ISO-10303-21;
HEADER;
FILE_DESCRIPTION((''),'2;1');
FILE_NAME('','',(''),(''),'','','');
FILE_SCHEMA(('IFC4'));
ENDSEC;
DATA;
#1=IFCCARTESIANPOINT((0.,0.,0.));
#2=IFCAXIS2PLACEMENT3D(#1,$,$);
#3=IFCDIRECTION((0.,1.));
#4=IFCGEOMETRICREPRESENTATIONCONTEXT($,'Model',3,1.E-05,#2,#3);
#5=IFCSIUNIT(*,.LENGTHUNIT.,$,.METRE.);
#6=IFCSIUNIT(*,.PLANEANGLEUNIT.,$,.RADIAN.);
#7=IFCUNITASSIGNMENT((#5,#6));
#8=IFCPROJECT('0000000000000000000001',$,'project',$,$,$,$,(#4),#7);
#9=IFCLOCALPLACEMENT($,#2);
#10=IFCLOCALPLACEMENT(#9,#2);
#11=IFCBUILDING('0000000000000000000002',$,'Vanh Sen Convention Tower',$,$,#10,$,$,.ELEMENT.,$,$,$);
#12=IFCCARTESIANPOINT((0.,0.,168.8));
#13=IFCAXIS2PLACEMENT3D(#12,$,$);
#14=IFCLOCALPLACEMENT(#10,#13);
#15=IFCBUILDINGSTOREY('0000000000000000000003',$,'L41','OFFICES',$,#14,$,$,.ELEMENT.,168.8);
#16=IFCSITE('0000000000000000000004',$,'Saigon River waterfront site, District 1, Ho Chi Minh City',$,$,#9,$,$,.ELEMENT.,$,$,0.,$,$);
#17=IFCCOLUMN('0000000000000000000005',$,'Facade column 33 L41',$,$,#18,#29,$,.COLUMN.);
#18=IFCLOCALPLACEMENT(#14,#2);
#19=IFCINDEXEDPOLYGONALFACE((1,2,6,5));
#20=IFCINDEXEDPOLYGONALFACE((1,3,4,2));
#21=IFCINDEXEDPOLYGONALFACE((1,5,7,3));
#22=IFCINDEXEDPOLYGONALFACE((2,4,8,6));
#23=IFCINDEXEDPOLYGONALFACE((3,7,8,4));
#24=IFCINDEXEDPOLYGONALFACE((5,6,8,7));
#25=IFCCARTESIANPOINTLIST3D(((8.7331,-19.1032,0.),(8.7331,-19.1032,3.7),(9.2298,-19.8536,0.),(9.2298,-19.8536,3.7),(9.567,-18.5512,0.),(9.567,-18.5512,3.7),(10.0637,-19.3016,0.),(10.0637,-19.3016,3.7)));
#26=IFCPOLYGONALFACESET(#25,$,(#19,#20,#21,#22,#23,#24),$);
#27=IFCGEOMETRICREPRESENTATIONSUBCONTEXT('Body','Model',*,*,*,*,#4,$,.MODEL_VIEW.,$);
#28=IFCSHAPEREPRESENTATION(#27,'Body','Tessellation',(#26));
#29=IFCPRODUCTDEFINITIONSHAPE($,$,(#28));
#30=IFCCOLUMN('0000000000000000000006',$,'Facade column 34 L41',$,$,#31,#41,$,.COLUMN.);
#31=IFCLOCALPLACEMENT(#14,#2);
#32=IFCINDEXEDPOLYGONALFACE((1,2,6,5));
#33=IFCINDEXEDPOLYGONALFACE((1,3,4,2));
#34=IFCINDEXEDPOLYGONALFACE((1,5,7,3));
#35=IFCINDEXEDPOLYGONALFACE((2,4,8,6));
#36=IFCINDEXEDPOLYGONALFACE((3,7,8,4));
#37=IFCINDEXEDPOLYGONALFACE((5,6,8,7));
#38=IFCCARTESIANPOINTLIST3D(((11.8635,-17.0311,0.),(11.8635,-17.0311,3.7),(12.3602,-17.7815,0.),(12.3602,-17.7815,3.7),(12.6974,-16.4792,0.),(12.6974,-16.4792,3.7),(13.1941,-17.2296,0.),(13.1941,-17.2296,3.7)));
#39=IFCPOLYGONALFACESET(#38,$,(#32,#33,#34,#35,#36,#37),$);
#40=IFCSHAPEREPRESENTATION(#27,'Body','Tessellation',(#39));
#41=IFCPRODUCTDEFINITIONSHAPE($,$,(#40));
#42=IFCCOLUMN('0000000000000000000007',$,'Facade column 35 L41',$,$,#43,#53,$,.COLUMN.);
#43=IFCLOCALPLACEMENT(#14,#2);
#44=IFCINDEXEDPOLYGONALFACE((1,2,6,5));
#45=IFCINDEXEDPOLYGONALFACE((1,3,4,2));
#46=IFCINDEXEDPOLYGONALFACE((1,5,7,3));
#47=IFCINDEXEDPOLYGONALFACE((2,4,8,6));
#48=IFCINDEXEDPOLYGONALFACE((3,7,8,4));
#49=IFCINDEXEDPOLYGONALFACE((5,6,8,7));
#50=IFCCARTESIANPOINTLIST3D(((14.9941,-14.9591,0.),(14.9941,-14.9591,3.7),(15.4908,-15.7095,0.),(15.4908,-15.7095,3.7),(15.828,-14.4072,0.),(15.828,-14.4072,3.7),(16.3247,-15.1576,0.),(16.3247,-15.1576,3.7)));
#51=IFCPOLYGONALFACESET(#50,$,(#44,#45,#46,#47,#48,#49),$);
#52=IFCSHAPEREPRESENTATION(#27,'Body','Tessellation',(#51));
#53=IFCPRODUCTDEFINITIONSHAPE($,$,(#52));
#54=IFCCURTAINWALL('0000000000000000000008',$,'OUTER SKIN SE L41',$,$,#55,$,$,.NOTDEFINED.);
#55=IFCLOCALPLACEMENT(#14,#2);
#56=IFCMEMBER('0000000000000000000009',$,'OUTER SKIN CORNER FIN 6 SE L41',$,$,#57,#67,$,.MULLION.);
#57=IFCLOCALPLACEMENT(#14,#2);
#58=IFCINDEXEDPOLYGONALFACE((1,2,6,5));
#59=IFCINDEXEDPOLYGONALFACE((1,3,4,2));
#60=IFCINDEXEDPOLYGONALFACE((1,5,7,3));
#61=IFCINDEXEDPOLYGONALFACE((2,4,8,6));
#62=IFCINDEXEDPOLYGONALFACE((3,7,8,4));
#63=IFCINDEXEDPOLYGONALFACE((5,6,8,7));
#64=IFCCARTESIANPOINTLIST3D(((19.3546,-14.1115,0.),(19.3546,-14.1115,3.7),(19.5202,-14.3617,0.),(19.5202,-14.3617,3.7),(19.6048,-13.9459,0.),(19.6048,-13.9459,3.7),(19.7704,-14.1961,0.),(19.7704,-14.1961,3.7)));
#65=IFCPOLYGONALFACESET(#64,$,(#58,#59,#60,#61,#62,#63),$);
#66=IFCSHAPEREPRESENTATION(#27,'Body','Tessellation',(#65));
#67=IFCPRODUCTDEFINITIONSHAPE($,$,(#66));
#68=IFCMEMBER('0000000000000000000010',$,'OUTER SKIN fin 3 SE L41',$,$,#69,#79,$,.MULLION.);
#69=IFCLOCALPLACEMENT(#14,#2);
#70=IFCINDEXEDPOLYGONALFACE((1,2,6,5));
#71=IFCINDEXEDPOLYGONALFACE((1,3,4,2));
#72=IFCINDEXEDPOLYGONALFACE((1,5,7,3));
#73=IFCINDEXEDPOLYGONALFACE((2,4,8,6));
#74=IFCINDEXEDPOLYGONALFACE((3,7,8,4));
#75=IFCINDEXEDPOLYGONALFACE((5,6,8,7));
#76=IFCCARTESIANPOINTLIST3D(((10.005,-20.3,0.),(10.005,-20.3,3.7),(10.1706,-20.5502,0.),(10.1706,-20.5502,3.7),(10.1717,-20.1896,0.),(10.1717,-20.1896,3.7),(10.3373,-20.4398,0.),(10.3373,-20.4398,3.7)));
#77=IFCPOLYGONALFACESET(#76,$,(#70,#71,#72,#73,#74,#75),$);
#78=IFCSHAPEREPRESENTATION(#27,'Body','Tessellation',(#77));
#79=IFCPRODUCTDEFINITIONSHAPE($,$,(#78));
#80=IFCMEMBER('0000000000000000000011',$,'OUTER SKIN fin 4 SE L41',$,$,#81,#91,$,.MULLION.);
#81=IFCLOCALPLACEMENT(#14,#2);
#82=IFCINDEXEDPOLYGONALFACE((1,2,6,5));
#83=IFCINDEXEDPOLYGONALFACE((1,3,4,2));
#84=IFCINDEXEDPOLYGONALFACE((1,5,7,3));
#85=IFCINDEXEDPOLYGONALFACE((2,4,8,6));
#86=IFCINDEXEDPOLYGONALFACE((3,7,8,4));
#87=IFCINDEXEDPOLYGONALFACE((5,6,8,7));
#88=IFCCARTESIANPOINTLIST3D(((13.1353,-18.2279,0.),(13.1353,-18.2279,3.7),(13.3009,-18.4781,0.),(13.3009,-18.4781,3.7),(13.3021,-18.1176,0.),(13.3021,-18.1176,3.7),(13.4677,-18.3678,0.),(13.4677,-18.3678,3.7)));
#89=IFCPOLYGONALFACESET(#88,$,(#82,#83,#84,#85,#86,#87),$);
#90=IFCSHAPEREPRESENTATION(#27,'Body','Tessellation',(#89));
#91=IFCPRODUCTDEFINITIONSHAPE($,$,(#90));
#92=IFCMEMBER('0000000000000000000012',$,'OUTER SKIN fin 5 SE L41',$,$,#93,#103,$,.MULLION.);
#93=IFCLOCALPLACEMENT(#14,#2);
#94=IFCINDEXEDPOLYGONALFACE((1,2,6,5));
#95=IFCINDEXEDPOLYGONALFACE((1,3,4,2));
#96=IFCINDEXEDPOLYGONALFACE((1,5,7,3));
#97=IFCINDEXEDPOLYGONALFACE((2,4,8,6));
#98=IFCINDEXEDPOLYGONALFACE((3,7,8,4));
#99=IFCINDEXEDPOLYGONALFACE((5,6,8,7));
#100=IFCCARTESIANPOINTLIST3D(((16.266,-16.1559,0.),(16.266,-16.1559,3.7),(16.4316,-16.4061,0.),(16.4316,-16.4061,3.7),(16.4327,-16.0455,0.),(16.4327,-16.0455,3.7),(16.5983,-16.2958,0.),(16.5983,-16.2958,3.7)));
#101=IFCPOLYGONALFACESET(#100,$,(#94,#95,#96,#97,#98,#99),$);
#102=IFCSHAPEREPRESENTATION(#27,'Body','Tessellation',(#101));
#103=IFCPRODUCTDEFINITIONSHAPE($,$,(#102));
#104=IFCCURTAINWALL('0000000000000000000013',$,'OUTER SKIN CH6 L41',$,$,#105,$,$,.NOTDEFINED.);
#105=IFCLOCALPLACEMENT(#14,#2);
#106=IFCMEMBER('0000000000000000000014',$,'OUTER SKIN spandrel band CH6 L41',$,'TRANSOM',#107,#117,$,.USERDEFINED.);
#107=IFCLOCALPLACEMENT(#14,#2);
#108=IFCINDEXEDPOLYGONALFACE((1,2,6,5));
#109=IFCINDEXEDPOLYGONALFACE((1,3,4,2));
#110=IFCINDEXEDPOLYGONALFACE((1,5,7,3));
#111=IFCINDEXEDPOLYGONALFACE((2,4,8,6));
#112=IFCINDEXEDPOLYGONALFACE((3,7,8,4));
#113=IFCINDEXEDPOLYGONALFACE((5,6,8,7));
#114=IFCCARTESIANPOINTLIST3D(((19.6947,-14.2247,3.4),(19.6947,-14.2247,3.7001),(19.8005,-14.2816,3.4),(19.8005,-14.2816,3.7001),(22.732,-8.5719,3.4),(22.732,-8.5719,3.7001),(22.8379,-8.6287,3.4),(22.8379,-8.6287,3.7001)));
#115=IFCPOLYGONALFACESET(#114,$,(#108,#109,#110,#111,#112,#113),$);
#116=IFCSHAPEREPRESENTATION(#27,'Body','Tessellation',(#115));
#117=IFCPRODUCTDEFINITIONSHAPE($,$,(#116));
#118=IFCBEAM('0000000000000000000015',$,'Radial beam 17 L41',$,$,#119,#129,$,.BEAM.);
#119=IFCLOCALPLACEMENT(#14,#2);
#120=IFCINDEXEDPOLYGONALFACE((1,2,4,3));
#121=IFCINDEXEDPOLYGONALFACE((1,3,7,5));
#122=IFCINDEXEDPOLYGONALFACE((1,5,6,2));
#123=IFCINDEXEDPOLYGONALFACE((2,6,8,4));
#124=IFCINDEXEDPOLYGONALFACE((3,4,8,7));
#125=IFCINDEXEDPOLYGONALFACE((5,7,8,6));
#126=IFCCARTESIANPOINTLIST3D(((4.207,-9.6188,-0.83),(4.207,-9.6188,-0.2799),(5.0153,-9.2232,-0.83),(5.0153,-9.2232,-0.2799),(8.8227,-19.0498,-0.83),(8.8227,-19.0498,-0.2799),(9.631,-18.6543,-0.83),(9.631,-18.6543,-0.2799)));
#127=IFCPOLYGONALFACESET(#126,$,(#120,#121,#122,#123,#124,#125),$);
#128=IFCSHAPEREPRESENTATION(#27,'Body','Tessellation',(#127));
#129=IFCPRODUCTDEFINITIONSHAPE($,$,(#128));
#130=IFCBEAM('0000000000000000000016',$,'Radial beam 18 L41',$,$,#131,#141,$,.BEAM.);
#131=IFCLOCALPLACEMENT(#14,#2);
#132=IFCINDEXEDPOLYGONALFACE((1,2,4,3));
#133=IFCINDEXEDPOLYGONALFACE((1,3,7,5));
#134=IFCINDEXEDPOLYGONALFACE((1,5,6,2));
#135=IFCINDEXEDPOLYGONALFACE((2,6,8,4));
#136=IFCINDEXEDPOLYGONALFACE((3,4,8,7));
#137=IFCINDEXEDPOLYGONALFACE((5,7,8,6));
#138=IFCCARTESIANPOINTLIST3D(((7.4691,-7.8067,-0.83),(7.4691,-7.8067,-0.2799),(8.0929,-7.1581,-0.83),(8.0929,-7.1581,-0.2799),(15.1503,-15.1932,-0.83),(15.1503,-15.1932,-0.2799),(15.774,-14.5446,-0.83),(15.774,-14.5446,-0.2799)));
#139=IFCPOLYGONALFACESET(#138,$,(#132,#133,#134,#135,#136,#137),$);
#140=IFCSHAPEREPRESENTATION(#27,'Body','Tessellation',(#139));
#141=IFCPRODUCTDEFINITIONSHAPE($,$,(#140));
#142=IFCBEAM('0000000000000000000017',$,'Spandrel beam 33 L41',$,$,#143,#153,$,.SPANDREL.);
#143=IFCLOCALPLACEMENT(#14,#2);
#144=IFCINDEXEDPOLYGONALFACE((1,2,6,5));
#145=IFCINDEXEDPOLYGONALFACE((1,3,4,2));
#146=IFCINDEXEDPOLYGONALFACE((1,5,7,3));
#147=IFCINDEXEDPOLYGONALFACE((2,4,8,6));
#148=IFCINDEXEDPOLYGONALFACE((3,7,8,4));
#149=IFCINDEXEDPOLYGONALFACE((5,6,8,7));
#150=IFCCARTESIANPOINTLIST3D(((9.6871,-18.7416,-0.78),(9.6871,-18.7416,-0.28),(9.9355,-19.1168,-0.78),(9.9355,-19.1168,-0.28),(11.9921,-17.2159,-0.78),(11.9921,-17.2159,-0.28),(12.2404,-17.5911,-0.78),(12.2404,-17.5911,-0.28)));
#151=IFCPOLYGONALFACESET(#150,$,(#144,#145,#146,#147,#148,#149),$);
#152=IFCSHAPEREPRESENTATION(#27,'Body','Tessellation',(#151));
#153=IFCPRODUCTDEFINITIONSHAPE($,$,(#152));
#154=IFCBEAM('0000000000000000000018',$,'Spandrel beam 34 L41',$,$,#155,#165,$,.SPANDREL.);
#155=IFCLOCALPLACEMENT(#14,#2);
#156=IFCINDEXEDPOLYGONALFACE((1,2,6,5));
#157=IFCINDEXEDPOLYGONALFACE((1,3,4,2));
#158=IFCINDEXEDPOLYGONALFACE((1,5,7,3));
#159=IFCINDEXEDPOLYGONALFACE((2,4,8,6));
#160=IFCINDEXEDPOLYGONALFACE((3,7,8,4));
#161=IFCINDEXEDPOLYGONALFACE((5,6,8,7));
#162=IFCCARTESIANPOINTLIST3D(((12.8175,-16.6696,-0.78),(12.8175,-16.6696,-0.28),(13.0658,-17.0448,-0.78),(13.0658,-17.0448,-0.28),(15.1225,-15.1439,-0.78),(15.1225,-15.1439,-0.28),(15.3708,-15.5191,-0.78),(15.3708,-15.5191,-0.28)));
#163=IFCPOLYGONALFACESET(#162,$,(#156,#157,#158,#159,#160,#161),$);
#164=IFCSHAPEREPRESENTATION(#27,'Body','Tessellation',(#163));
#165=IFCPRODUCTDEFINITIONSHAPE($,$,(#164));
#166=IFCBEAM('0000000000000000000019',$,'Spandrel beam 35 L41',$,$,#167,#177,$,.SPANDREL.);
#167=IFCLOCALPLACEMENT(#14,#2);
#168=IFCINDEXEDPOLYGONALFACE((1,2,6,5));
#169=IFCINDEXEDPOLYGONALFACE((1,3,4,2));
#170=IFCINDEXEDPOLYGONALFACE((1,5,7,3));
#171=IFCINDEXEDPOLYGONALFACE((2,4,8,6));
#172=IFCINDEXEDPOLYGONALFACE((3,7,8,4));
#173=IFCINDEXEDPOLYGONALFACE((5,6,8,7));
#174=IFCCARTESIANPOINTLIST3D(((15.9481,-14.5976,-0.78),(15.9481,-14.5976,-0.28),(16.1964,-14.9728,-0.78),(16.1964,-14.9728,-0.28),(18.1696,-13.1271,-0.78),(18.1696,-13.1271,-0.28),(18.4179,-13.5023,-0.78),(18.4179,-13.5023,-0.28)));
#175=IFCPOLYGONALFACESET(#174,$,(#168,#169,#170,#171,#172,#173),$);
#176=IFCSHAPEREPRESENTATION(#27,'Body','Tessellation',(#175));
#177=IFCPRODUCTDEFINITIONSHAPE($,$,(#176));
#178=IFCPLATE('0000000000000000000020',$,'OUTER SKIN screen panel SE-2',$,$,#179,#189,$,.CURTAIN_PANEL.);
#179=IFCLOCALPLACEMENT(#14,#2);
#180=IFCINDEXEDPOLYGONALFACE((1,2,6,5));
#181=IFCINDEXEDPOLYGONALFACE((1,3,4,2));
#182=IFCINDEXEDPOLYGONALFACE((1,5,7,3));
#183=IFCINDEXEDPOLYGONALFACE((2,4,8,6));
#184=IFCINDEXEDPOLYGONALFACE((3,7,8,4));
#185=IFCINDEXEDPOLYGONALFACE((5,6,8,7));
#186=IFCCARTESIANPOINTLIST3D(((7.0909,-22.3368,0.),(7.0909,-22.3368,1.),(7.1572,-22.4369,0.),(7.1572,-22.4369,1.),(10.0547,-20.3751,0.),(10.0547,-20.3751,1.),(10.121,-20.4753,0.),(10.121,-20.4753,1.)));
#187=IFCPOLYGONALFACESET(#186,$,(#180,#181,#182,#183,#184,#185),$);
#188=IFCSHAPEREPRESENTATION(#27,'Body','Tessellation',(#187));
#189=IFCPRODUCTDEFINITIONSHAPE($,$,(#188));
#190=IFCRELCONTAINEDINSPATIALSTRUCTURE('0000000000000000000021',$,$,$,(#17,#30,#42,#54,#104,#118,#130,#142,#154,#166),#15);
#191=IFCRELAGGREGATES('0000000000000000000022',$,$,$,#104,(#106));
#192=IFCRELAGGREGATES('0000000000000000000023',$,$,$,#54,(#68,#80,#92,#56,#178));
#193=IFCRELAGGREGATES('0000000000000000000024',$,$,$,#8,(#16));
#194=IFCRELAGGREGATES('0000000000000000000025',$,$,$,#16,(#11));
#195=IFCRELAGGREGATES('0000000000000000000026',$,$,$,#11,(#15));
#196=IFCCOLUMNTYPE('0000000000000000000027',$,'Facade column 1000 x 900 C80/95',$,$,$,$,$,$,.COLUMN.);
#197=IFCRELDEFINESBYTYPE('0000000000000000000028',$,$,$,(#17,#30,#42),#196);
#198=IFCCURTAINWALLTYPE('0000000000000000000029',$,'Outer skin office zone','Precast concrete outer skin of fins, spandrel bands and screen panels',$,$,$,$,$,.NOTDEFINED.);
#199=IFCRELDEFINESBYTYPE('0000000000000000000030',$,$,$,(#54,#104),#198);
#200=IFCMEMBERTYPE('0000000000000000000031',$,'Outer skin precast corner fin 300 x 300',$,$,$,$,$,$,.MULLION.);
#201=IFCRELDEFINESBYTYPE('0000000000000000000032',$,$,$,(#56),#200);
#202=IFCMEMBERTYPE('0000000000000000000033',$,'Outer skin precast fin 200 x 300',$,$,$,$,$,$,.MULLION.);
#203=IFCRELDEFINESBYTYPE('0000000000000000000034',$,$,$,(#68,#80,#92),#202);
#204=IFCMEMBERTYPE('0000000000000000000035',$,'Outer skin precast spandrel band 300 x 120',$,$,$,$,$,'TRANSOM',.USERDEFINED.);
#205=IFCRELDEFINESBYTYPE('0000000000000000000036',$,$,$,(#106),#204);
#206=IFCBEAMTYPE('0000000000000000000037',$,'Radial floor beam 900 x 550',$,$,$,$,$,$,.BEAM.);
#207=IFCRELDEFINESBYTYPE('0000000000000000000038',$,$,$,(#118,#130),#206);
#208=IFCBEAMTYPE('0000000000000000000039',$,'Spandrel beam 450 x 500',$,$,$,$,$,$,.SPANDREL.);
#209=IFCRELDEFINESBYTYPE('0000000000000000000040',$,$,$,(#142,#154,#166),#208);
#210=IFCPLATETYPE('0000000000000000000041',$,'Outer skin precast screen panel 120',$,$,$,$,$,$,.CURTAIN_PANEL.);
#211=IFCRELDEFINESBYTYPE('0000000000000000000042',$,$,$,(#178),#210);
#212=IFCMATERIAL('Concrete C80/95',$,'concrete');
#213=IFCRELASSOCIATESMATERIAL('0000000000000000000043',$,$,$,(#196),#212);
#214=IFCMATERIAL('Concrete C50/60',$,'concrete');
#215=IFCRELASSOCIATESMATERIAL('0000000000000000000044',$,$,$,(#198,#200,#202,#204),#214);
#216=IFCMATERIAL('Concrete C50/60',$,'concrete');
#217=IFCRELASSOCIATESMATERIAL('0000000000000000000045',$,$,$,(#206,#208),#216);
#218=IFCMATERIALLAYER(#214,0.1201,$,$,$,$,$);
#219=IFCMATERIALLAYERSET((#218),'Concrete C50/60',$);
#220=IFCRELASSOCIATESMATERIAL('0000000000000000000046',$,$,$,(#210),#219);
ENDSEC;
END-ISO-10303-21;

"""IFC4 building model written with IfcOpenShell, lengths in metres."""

from ifc_helpers import new_model, si_unit, direction, frame, origin, origin_2d, place, context, subcontext, project, spatial, rectangle, extrude, material, layer, layer_set, material_profile, profile_set, type_object, element, aggregate, save


model = new_model("IFC4")

# Units and contexts
model_context = context("Model", 3, precision=1e-05, world=origin(), true_north=direction((0.0, 1.0)))
body_context = subcontext(model_context, "Body", "Model", "MODEL_VIEW")
ifc_project = project(units=[si_unit("LENGTHUNIT", "METRE"), si_unit("PLANEANGLEUNIT", "RADIAN")], contexts=[model_context])

# Site, building, storey
site_placement = place(None, origin())
site = spatial("IfcSite", under=ifc_project, at=site_placement, Name="Saigon River waterfront site, District 1, Ho Chi Minh City", CompositionType="ELEMENT", RefElevation=0.0)
building_placement = place(site_placement, origin())
building = spatial("IfcBuilding", under=site, at=building_placement, Name="Vanh Sen Convention Tower", CompositionType="ELEMENT")
storey_placement = place(building_placement, frame((0.0, 0.0, 168.8)))
storey = spatial("IfcBuildingStorey", under=building, at=storey_placement, Name="L41", Description="OFFICES", CompositionType="ELEMENT", Elevation=168.8)

# Columns
ifc_material_1 = material(Name="Concrete C80/95", Category="concrete")
ifc_material_profile_1 = material_profile(ifc_material_1, rectangle(XDim=1.0, YDim=0.8999, at=origin_2d()), Name="RC 1000X900")
ifc_profile_set_1 = profile_set([ifc_material_profile_1], Name="Concrete C80/95")
column_type = type_object("IfcColumnType", Name="Facade column 1000 x 900 C80/95", PredefinedType="COLUMN", material=ifc_profile_set_1)
for number, where, z_axis, x_axis, name in (
    (1, (9.3984, -19.2024, 0.0), (0.0, 0.0, 1.0), (0.833886, 0.551937, 0.0), "Facade column 33 L41"),
    (2, (12.5288, -17.1304, 0.0), (0.0, 0.0, 1.0), (0.833886, 0.551937, 0.0), "Facade column 34 L41"),
    (3, (15.6594, -15.0583, 0.0), (0.0, 0.0, 1.0), (0.833886, 0.551937, 0.0), "Facade column 35 L41"),
):
    element("IfcColumn", number, at=place(storey_placement, frame(where, z_axis=z_axis, x_axis=x_axis)), inside=storey, type_object=column_type, Name=name, PredefinedType="COLUMN", context=body_context, shape_type="SweptSolid", body=[
        extrude(rectangle(XDim=1.0, YDim=0.8999, at=origin_2d()), origin(), (0.0, 0.0, 1.0), 3.7),
    ])

# Curtain wall, members
ifc_material_2 = material(Name="Concrete C50/60", Category="concrete")
curtain_wall_type = type_object("IfcCurtainWallType", Name="Outer skin office zone", Description="Precast concrete outer skin of fins, spandrel bands and screen panels", PredefinedType="NOTDEFINED", material=ifc_material_2)
curtain_wall_1_placement = place(storey_placement, origin())
curtain_wall_1 = element("IfcCurtainWall", 4, at=curtain_wall_1_placement, inside=storey, type_object=curtain_wall_type, Name="OUTER SKIN SE L41", PredefinedType="NOTDEFINED")
ifc_material_profile_2 = material_profile(ifc_material_2, rectangle(XDim=0.3, YDim=0.3, at=origin_2d()), Name="Outer skin precast corner fin 300 x 300")
ifc_profile_set_2 = profile_set([ifc_material_profile_2], Name="Concrete C50/60")
member_type_1 = type_object("IfcMemberType", Name="Outer skin precast corner fin 300 x 300", PredefinedType="MULLION", material=ifc_profile_set_2)
member_1_placement = place(storey_placement, frame((19.5625, -14.1538, 0.0), z_axis=(0.0, 0.0, 1.0), x_axis=(0.833886, 0.551937, 0.0)))
member_1 = element("IfcMember", 5, at=member_1_placement, type_object=member_type_1, Name="OUTER SKIN CORNER FIN 6 SE L41", PredefinedType="MULLION", context=body_context, shape_type="SweptSolid", body=[
    extrude(rectangle(XDim=0.3, YDim=0.3, at=origin_2d()), origin(), (0.0, 0.0, 1.0), 3.7),
])
ifc_material_profile_3 = material_profile(ifc_material_2, rectangle(XDim=0.2, YDim=0.3, at=origin_2d()), Name="Outer skin precast fin 200 x 300")
ifc_profile_set_3 = profile_set([ifc_material_profile_3], Name="Concrete C50/60")
member_type_2 = type_object("IfcMemberType", Name="Outer skin precast fin 200 x 300", PredefinedType="MULLION", material=ifc_profile_set_3)
member_2_placement = place(storey_placement, frame((10.1711, -20.3699, 0.0), z_axis=(0.0, 0.0, 1.0), x_axis=(0.833886, 0.551937, 0.0)))
member_2 = element("IfcMember", 6, at=member_2_placement, type_object=member_type_2, Name="OUTER SKIN fin 3 SE L41", PredefinedType="MULLION", context=body_context, shape_type="SweptSolid", body=[
    extrude(rectangle(XDim=0.2, YDim=0.3, at=origin_2d()), origin(), (0.0, 0.0, 1.0), 3.7),
])
member_3_placement = place(storey_placement, frame((13.3015, -18.2979, 0.0), z_axis=(0.0, 0.0, 1.0), x_axis=(0.833886, 0.551937, 0.0)))
member_3 = element("IfcMember", 7, at=member_3_placement, type_object=member_type_2, Name="OUTER SKIN fin 4 SE L41", PredefinedType="MULLION", context=body_context, shape_type="SweptSolid", body=[
    extrude(rectangle(XDim=0.2, YDim=0.3, at=origin_2d()), origin(), (0.0, 0.0, 1.0), 3.7),
])
member_4_placement = place(storey_placement, frame((16.4321, -16.2258, 0.0), z_axis=(0.0, 0.0, 1.0), x_axis=(0.833886, 0.551937, 0.0)))
member_4 = element("IfcMember", 8, at=member_4_placement, type_object=member_type_2, Name="OUTER SKIN fin 5 SE L41", PredefinedType="MULLION", context=body_context, shape_type="SweptSolid", body=[
    extrude(rectangle(XDim=0.2, YDim=0.3, at=origin_2d()), origin(), (0.0, 0.0, 1.0), 3.7),
])

# Curtain wall, member
curtain_wall_2_placement = place(storey_placement, origin())
curtain_wall_2 = element("IfcCurtainWall", 9, at=curtain_wall_2_placement, inside=storey, type_object=curtain_wall_type, Name="OUTER SKIN CH6 L41", PredefinedType="NOTDEFINED")
ifc_material_profile_4 = material_profile(ifc_material_2, rectangle(XDim=0.1201, YDim=0.3, at=origin_2d()), Name="Outer skin precast spandrel band 300 x 120")
ifc_profile_set_4 = profile_set([ifc_material_profile_4], Name="Concrete C50/60")
member_type_3 = type_object("IfcMemberType", Name="Outer skin precast spandrel band 300 x 120", ElementType="TRANSOM", PredefinedType="USERDEFINED", material=ifc_profile_set_4)
member_5_placement = place(storey_placement, frame((19.7476, -14.2532, 3.55), z_axis=(0.473317, 0.880892, 0.0), x_axis=(-0.880892, 0.473317, 0.0)))
member_5 = element("IfcMember", 10, at=member_5_placement, type_object=member_type_3, Name="OUTER SKIN spandrel band CH6 L41", ObjectType="TRANSOM", PredefinedType="USERDEFINED", context=body_context, shape_type="SweptSolid", body=[
    extrude(rectangle(XDim=0.1201, YDim=0.3, at=origin_2d()), origin(), (0.0, 0.0, 1.0), 6.4172),
])
aggregate(curtain_wall_2, [member_5])

# Beams
ifc_material_3 = material(Name="Concrete C50/60", Category="concrete")
ifc_material_profile_5 = material_profile(ifc_material_3, rectangle(XDim=0.8999, YDim=0.55, at=origin_2d()), Name="RC 900X550")
ifc_profile_set_5 = profile_set([ifc_material_profile_5], Name="Concrete C50/60")
beam_type_1 = type_object("IfcBeamType", Name="Radial floor beam 900 x 550", PredefinedType="BEAM", material=ifc_profile_set_5)
beam_1_placement = place(storey_placement, frame((9.2268, -18.8521, -0.5549), z_axis=(-0.43959, 0.898199, 0.0), x_axis=(-0.898199, -0.43959, 0.0)))
element("IfcBeam", 11, at=beam_1_placement, inside=storey, type_object=beam_type_1, Name="Radial beam 17 L41", PredefinedType="BEAM", context=body_context, shape_type="SweptSolid", body=[
    extrude(rectangle(XDim=0.8999, YDim=0.55, at=origin_2d()), origin(), (0.0, 0.0, 1.0), 10.5),
])
beam_2_placement = place(storey_placement, frame((15.4622, -14.8689, -0.5549), z_axis=(-0.720798, 0.693145, 0.0), x_axis=(-0.693145, -0.720798, 0.0)))
element("IfcBeam", 12, at=beam_2_placement, inside=storey, type_object=beam_type_1, Name="Radial beam 18 L41", PredefinedType="BEAM", context=body_context, shape_type="SweptSolid", body=[
    extrude(rectangle(XDim=0.8999, YDim=0.55, at=origin_2d()), origin(), (0.0, 0.0, 1.0), 10.6565),
])
ifc_material_profile_6 = material_profile(ifc_material_3, rectangle(XDim=0.45, YDim=0.5, at=origin_2d()), Name="RC 450X500")
ifc_profile_set_6 = profile_set([ifc_material_profile_6], Name="Concrete C50/60")
beam_type_2 = type_object("IfcBeamType", Name="Spandrel beam 450 x 500", PredefinedType="SPANDREL", material=ifc_profile_set_6)
for number, where, z_axis, x_axis, name in (
    (13, (9.8113, -18.9292, -0.53), (0.83388, 0.551945, 0.0), (-0.551945, 0.83388, 0.0), "Spandrel beam 33 L41"),
    (14, (12.9417, -16.8572, -0.53), (0.83388, 0.551945, 0.0), (-0.551945, 0.83388, 0.0), "Spandrel beam 34 L41"),
):
    element("IfcBeam", number, at=place(storey_placement, frame(where, z_axis=z_axis, x_axis=x_axis)), inside=storey, type_object=beam_type_2, Name=name, PredefinedType="SPANDREL", context=body_context, shape_type="SweptSolid", body=[
        extrude(rectangle(XDim=0.45, YDim=0.5, at=origin_2d()), origin(), (0.0, 0.0, 1.0), 2.7642),
    ])
beam_3_placement = place(storey_placement, frame((16.0723, -14.7852, -0.53), z_axis=(0.833865, 0.551969, 0.0), x_axis=(-0.551969, 0.833865, 0.0)))
element("IfcBeam", 15, at=beam_3_placement, inside=storey, type_object=beam_type_2, Name="Spandrel beam 35 L41", PredefinedType="SPANDREL", context=body_context, shape_type="SweptSolid", body=[
    extrude(rectangle(XDim=0.45, YDim=0.5, at=origin_2d()), origin(), (0.0, 0.0, 1.0), 2.6641),
])

# Plate
ifc_layer_1 = layer(ifc_material_2, 0.1201)
ifc_layer_set_1 = layer_set([ifc_layer_1], Name="Concrete C50/60")
plate_type = type_object("IfcPlateType", Name="Outer skin precast screen panel 120", PredefinedType="CURTAIN_PANEL", material=ifc_layer_set_1)
plate_1_placement = place(storey_placement, frame((8.606, -21.406, 0.0), z_axis=(0.0, 0.0, 1.0), x_axis=(0.83389, 0.551931, 0.0)))
plate_1 = element("IfcPlate", 16, at=plate_1_placement, type_object=plate_type, Name="OUTER SKIN screen panel SE-2", PredefinedType="CURTAIN_PANEL", context=body_context, shape_type="SweptSolid", body=[
    extrude(rectangle(XDim=3.5542, YDim=0.1201, at=origin_2d()), origin(), (0.0, 0.0, 1.0), 1.0),
])
aggregate(curtain_wall_1, [member_2, member_3, member_4, member_1, plate_1])

save(model, "model.ifc")
